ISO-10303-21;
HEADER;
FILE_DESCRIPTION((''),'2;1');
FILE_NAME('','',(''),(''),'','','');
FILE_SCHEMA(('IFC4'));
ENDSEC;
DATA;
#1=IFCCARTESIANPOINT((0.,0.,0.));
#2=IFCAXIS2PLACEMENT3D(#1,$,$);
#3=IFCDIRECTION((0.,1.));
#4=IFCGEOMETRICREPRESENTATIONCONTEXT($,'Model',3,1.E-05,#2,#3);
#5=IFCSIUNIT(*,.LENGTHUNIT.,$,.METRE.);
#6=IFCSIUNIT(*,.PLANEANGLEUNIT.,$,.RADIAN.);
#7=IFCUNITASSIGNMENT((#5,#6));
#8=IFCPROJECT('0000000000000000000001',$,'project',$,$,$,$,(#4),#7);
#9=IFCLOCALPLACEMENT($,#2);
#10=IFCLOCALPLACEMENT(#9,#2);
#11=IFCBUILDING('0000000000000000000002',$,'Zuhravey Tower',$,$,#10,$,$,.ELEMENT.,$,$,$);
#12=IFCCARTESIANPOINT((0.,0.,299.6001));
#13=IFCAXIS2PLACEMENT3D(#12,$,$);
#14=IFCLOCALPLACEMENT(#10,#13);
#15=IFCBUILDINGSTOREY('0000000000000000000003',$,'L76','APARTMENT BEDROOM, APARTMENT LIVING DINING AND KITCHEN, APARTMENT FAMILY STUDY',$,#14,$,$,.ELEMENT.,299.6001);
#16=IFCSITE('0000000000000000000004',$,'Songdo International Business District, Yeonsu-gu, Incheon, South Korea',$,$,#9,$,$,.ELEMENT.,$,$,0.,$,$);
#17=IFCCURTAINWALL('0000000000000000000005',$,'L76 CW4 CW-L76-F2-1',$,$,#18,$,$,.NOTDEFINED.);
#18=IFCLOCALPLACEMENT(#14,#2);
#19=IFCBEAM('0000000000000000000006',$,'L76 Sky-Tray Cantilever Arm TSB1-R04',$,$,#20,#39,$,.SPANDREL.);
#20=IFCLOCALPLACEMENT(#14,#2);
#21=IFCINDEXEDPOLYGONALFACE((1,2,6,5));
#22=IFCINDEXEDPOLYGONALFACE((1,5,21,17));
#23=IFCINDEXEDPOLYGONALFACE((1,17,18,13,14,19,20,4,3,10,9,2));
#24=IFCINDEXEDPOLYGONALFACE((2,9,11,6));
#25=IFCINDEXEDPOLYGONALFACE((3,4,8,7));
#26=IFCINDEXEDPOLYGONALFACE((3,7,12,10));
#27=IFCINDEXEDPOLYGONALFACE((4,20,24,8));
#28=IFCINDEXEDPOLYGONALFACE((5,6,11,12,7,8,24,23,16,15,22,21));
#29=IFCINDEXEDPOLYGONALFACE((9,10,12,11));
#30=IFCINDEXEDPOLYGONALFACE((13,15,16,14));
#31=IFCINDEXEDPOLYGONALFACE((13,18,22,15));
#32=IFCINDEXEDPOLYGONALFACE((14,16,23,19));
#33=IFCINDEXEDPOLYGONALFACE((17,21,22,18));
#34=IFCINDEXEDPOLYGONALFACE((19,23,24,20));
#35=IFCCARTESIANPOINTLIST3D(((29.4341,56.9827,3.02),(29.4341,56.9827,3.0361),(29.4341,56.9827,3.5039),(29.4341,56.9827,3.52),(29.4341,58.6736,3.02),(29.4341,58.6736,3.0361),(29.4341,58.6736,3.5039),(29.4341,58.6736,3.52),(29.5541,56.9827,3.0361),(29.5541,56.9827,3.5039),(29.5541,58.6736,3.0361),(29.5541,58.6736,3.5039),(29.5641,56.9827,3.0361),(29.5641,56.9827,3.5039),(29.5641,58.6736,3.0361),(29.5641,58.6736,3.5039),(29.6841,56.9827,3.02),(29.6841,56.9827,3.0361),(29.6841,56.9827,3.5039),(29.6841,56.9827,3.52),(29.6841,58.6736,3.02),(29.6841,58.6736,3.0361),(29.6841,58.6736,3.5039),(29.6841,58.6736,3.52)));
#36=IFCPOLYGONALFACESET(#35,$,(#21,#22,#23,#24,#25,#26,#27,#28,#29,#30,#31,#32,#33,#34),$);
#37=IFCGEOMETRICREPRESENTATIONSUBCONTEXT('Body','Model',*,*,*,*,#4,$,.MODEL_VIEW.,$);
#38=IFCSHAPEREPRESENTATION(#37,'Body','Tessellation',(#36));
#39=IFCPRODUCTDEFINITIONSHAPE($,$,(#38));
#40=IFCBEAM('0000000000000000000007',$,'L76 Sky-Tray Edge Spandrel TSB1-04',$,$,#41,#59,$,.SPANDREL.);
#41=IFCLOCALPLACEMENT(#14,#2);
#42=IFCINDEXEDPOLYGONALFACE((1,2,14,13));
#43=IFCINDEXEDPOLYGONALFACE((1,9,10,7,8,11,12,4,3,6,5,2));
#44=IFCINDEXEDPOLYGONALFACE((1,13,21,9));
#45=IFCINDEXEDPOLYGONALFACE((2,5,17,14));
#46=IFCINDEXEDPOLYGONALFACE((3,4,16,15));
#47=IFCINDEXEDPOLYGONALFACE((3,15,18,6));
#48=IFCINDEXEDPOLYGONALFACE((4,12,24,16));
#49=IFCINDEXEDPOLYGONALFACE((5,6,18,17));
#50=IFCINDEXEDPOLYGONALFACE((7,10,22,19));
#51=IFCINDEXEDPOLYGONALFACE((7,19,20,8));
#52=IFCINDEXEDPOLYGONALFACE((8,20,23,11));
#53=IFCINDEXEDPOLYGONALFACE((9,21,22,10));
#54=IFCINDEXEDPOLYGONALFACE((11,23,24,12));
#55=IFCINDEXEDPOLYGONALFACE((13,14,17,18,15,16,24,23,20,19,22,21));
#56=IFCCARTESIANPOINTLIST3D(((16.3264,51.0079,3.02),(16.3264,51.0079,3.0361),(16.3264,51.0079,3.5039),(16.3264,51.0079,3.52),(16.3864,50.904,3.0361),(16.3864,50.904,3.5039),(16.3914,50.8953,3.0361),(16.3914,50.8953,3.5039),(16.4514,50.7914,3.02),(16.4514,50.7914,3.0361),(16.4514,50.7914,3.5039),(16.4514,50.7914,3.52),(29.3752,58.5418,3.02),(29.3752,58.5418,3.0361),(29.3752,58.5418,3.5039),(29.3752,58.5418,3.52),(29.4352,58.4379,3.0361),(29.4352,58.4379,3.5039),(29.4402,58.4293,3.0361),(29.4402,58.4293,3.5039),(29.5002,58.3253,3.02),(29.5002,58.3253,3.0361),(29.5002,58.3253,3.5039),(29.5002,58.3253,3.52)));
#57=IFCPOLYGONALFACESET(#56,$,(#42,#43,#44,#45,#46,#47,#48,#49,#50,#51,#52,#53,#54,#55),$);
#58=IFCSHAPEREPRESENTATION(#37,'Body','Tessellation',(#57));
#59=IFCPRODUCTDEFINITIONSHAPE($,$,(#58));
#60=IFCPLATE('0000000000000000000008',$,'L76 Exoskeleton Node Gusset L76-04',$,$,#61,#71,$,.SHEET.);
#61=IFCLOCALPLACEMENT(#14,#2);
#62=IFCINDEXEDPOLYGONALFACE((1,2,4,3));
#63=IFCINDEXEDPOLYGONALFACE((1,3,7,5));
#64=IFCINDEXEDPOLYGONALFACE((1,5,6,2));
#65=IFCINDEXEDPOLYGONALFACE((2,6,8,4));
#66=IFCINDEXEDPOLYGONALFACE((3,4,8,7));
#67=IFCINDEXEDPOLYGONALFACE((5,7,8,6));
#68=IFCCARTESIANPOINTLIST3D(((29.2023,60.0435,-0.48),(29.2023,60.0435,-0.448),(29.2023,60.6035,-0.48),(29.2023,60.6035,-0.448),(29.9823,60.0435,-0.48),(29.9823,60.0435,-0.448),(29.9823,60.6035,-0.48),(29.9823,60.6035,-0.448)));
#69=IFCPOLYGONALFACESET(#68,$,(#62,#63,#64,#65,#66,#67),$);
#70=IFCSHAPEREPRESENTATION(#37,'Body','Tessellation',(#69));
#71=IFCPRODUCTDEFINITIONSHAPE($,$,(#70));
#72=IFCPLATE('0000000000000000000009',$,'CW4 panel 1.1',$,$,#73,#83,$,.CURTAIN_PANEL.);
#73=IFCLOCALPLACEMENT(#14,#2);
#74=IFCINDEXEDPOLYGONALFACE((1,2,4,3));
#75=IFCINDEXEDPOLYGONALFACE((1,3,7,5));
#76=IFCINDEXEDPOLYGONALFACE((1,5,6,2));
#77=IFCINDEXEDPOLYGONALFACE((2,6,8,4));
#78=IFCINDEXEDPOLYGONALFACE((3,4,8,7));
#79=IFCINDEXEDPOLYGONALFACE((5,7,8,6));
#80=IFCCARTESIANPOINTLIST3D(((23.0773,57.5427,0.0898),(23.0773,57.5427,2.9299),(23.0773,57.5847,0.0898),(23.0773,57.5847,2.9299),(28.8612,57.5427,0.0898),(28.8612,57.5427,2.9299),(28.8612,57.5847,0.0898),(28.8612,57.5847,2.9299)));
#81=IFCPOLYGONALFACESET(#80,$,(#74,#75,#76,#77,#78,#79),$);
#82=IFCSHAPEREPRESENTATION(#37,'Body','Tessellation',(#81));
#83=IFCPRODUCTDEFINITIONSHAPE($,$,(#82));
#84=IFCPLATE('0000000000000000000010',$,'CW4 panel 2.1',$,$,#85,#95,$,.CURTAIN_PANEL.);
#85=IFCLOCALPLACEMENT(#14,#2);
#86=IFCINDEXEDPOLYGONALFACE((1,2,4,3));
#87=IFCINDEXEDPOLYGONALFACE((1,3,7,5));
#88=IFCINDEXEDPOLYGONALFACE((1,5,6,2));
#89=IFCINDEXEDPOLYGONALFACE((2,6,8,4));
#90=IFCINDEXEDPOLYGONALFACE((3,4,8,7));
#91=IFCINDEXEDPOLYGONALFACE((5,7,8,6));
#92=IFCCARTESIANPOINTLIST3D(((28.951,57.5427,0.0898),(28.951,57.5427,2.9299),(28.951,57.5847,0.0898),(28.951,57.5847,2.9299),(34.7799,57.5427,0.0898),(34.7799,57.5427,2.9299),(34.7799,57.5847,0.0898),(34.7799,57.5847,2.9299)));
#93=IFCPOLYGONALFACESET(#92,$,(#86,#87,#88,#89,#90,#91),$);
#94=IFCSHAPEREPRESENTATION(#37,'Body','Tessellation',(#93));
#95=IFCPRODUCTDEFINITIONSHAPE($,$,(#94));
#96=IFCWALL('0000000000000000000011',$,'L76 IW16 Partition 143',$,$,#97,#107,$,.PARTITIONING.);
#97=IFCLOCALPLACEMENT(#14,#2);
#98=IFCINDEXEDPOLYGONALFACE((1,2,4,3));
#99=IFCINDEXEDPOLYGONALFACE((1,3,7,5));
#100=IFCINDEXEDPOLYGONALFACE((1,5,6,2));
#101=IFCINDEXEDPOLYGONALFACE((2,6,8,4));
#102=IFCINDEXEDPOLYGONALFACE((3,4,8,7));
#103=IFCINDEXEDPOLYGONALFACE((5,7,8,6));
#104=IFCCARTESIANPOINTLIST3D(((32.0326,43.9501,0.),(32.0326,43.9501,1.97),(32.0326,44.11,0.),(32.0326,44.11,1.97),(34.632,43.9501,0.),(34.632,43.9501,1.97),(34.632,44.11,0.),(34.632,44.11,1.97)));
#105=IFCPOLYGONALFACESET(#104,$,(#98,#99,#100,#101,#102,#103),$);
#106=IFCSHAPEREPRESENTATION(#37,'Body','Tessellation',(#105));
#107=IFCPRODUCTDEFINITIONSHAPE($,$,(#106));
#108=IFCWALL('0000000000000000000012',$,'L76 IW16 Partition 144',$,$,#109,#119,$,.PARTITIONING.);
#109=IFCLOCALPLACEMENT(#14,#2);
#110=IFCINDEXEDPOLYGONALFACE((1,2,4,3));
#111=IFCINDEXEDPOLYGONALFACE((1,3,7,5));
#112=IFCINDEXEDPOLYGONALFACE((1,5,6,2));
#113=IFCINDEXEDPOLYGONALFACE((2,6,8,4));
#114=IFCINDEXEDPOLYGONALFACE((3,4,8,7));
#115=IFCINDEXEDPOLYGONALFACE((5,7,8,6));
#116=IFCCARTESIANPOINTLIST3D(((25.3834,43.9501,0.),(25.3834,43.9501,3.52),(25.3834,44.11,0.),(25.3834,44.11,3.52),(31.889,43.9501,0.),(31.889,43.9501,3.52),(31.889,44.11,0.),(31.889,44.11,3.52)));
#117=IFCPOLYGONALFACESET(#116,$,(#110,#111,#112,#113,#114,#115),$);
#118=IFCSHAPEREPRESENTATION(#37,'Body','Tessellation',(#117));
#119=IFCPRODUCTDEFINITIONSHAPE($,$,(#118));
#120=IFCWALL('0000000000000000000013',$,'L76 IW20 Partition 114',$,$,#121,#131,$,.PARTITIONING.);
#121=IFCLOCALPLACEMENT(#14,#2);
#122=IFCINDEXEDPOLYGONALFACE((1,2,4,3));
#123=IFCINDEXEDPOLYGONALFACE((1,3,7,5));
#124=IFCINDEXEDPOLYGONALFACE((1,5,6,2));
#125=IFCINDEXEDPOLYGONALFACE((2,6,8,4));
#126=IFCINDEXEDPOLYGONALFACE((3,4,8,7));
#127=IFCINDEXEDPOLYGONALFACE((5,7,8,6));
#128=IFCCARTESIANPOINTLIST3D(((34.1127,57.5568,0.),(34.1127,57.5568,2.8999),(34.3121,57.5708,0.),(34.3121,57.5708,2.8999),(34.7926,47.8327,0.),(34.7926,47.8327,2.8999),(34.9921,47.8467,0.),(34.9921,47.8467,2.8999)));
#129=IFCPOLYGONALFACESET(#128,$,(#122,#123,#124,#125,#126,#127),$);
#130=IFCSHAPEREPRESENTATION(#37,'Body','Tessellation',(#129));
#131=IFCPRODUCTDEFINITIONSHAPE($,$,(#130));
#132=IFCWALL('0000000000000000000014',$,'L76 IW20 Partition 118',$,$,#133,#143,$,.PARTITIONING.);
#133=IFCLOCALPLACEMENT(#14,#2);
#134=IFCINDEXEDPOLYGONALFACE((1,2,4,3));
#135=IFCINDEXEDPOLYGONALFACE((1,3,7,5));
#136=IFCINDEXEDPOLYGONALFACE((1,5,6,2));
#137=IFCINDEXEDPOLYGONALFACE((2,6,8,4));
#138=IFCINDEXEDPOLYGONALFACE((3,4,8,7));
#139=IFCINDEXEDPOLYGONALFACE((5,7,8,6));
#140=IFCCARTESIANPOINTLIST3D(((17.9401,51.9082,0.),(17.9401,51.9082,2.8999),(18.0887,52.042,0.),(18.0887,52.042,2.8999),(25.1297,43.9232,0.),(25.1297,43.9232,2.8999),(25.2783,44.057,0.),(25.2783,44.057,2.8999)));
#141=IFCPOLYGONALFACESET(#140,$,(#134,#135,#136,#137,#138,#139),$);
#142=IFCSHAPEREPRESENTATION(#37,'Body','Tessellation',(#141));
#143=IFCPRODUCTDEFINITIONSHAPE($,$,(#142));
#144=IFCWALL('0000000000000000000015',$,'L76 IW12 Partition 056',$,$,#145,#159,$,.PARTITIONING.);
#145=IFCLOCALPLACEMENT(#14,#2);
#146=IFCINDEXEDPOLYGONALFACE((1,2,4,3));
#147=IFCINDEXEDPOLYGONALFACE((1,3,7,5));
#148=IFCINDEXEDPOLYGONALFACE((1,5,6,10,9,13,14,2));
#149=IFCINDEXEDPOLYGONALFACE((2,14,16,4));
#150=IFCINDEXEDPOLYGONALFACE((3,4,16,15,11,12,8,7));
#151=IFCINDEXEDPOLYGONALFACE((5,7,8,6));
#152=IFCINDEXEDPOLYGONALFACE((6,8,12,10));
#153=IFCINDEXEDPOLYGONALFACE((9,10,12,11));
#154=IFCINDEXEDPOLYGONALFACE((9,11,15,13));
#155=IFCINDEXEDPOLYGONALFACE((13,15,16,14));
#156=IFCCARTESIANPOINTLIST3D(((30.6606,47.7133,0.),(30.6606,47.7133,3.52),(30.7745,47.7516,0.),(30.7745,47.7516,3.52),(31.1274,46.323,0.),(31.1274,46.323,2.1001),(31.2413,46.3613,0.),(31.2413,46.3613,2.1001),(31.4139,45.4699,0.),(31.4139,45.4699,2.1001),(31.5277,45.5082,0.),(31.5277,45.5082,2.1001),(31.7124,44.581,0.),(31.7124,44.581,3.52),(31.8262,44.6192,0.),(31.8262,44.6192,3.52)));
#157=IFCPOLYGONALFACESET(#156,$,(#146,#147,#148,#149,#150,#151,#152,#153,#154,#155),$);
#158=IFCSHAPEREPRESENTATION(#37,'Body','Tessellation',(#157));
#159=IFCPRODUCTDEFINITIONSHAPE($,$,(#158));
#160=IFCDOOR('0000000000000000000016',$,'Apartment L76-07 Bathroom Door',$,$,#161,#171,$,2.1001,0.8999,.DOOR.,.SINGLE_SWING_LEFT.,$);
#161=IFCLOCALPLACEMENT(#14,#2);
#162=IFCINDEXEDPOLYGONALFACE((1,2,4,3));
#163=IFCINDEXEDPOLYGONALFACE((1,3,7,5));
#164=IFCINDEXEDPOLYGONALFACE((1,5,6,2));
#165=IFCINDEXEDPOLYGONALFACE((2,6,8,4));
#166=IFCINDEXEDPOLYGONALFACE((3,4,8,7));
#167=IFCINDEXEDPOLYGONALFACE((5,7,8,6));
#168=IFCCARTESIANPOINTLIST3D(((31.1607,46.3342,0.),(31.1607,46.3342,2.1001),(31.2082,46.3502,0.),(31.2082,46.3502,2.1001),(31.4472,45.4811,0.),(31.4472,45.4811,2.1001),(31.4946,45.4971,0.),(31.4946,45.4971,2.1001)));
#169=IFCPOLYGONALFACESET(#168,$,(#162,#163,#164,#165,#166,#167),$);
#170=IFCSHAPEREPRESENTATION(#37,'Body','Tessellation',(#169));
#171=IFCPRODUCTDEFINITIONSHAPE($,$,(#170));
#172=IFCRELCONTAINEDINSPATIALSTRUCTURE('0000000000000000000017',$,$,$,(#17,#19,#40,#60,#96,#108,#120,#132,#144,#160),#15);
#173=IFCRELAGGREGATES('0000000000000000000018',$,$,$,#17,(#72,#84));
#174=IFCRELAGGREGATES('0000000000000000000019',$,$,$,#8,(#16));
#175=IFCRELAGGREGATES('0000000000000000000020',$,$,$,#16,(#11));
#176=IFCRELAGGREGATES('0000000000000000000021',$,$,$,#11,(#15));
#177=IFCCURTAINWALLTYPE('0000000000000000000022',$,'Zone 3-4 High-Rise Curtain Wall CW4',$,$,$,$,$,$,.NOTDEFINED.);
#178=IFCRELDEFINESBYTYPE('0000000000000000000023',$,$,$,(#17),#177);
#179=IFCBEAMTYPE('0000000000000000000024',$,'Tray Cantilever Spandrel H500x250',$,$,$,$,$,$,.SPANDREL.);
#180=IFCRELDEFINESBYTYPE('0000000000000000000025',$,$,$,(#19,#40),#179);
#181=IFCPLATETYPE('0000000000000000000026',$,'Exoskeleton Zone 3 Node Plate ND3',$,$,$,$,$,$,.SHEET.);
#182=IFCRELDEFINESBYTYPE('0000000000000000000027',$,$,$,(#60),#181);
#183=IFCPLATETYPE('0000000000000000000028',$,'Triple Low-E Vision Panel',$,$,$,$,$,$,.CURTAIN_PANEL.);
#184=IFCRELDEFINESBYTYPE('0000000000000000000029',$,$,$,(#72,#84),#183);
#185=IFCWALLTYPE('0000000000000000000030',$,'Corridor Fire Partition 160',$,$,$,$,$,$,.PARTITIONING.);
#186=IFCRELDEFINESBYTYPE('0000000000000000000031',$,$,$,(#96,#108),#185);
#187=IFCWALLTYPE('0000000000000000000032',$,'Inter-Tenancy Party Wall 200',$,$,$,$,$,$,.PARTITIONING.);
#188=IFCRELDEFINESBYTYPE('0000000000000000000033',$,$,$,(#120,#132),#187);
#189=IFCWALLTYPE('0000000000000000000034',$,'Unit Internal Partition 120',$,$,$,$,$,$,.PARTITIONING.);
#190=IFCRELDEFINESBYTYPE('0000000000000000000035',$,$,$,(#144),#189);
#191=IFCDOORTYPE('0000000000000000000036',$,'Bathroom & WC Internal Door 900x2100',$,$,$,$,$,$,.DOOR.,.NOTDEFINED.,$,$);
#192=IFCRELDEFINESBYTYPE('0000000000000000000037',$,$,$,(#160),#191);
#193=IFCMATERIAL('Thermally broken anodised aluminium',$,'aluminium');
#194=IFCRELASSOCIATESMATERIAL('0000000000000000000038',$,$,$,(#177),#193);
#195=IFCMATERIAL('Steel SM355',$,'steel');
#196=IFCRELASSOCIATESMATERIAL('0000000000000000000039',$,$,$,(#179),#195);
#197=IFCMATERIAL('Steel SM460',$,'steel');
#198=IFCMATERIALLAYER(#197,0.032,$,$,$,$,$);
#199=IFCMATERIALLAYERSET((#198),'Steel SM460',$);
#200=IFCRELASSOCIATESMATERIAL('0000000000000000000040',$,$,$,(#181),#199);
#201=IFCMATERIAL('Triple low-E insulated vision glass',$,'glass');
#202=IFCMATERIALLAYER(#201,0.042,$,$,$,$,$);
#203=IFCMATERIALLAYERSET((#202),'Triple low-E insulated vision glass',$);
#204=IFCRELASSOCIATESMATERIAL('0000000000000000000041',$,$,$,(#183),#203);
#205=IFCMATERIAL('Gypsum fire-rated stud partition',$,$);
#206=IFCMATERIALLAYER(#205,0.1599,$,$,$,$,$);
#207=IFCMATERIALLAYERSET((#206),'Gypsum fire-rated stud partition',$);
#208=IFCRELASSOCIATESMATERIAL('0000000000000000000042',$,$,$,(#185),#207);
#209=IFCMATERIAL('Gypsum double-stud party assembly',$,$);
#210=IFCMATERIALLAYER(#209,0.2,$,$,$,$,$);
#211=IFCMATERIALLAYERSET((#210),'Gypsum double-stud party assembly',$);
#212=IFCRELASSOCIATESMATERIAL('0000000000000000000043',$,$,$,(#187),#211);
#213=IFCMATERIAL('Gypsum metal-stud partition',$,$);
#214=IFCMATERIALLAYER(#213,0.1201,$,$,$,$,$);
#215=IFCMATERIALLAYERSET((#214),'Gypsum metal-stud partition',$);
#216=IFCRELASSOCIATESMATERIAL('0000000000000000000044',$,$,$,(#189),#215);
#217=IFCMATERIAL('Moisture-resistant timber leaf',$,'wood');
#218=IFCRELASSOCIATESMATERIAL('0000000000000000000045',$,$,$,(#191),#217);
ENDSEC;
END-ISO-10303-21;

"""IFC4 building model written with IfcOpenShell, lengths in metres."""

from ifc_helpers import new_model, si_unit, direction, frame, frame_2d, origin, origin_2d, place, context, subcontext, project, spatial, rectangle, i_section, extrude, material, layer, layer_set, material_profile, profile_set, type_object, element, fill, aggregate, save


model = new_model("IFC4")

# Units and contexts
model_context = context("Model", 3, precision=1e-05, world=origin(), true_north=direction((0.0, 1.0)))
body_context = subcontext(model_context, "Body", "Model", "MODEL_VIEW")
ifc_project = project(units=[si_unit("LENGTHUNIT", "METRE"), si_unit("PLANEANGLEUNIT", "RADIAN")], contexts=[model_context])

# Site, building, storey
site_placement = place(None, origin())
site = spatial("IfcSite", under=ifc_project, at=site_placement, Name="Songdo International Business District, Yeonsu-gu, Incheon, South Korea", CompositionType="ELEMENT", RefElevation=0.0)
building_placement = place(site_placement, origin())
building = spatial("IfcBuilding", under=site, at=building_placement, Name="Zuhravey Tower", CompositionType="ELEMENT")
storey_placement = place(building_placement, frame((0.0, 0.0, 299.6001)))
storey = spatial("IfcBuildingStorey", under=building, at=storey_placement, Name="L76", Description="APARTMENT BEDROOM, APARTMENT LIVING DINING AND KITCHEN, APARTMENT FAMILY STUDY", CompositionType="ELEMENT", Elevation=299.6001)

# Curtain wall
ifc_material_1 = material(Name="Thermally broken anodised aluminium", Category="aluminium")
curtain_wall_type = type_object("IfcCurtainWallType", Name="Zone 3-4 High-Rise Curtain Wall CW4", PredefinedType="NOTDEFINED", material=ifc_material_1)
curtain_wall_placement = place(storey_placement, origin())
curtain_wall = element("IfcCurtainWall", 1, at=curtain_wall_placement, inside=storey, type_object=curtain_wall_type, Name="L76 CW4 CW-L76-F2-1", PredefinedType="NOTDEFINED")

# Beams
ifc_material_2 = material(Name="Steel SM460", Category="steel")
ifc_material_3 = material(Name="Steel SM355", Category="steel")
ifc_material_profile_1 = material_profile(ifc_material_3, i_section(OverallWidth=0.25, OverallDepth=0.5, WebThickness=0.01, FlangeThickness=0.0161, at=origin_2d()), Name="H-500x250x10x16")
ifc_profile_set_1 = profile_set([ifc_material_profile_1], Name="Steel SM355")
beam_type_1 = type_object("IfcBeamType", Name="Tray Cantilever Spandrel H500x250", PredefinedType="SPANDREL", material=ifc_profile_set_1)
beam_1_placement = place(storey_placement, frame((29.5591, 56.9827, 3.27), z_axis=(0.0, 1.0, 0.0), x_axis=(-1.0, 0.0, 0.0)))
element("IfcBeam", 2, at=beam_1_placement, inside=storey, type_object=beam_type_1, Name="L76 Sky-Tray Cantilever Arm TSB1-R04", PredefinedType="SPANDREL", context=body_context, shape_type="SweptSolid", body=[
    extrude(i_section(OverallWidth=0.25, OverallDepth=0.5, WebThickness=0.01, FlangeThickness=0.0161, at=origin_2d()), origin(), (0.0, 0.0, 1.0), 1.6909),
])
beam_2_placement = place(storey_placement, frame((29.4377, 58.4336, 3.27), z_axis=(-0.86602, -0.50001, 0.0), x_axis=(0.50001, -0.86602, 0.0)))
element("IfcBeam", 3, at=beam_2_placement, inside=storey, type_object=beam_type_1, Name="L76 Sky-Tray Edge Spandrel TSB1-04", PredefinedType="SPANDREL", context=body_context, shape_type="SweptSolid", body=[
    extrude(i_section(OverallWidth=0.25, OverallDepth=0.5, WebThickness=0.01, FlangeThickness=0.0161, at=origin_2d()), origin(), (0.0, 0.0, 1.0), 15.0676),
])

# Plates
ifc_layer_1 = layer(ifc_material_2, 0.032)
ifc_layer_set_1 = layer_set([ifc_layer_1], Name="Steel SM460")
plate_type_1 = type_object("IfcPlateType", Name="Exoskeleton Zone 3 Node Plate ND3", PredefinedType="SHEET", material=ifc_layer_set_1)
plate_1_placement = place(storey_placement, frame((29.5923, 60.3235, -0.48), z_axis=(0.0, 0.0, 1.0), x_axis=(-1.0, 0.0, 0.0)))
element("IfcPlate", 4, at=plate_1_placement, inside=storey, type_object=plate_type_1, Name="L76 Exoskeleton Node Gusset L76-04", PredefinedType="SHEET", context=body_context, shape_type="SweptSolid", body=[
    extrude(rectangle(XDim=0.78, YDim=0.5601, at=origin_2d()), origin(), (0.0, 0.0, 1.0), 0.032),
])
ifc_material_4 = material(Name="Triple low-E insulated vision glass", Category="glass")
ifc_layer_2 = layer(ifc_material_4, 0.042)
ifc_layer_set_2 = layer_set([ifc_layer_2], Name="Triple low-E insulated vision glass")
plate_type_2 = type_object("IfcPlateType", Name="Triple Low-E Vision Panel", PredefinedType="CURTAIN_PANEL", material=ifc_layer_set_2)
plate_2_placement = place(storey_placement, frame((25.9692, 57.5637, 0.0898), z_axis=(0.0, 0.0, 1.0), x_axis=(1.0, 0.0, 0.0)))
plate_2 = element("IfcPlate", 5, at=plate_2_placement, type_object=plate_type_2, Name="CW4 panel 1.1", PredefinedType="CURTAIN_PANEL", context=body_context, shape_type="SweptSolid", body=[
    extrude(rectangle(XDim=5.7839, YDim=0.042, at=origin_2d()), origin(), (0.0, 0.0, 1.0), 2.8401),
])
plate_3_placement = place(storey_placement, frame((31.8655, 57.5637, 0.0898), z_axis=(0.0, 0.0, 1.0), x_axis=(1.0, 0.0, 0.0)))
plate_3 = element("IfcPlate", 6, at=plate_3_placement, type_object=plate_type_2, Name="CW4 panel 2.1", PredefinedType="CURTAIN_PANEL", context=body_context, shape_type="SweptSolid", body=[
    extrude(rectangle(XDim=5.8289, YDim=0.042, at=origin_2d()), origin(), (0.0, 0.0, 1.0), 2.8401),
])
aggregate(curtain_wall, [plate_2, plate_3])

# Shared definitions
ifc_material_5 = material(Name="Gypsum fire-rated stud partition")
ifc_layer_3 = layer(ifc_material_5, 0.1599)
ifc_layer_set_3 = layer_set([ifc_layer_3], Name="Gypsum fire-rated stud partition")
wall_type_1 = type_object("IfcWallType", Name="Corridor Fire Partition 160", PredefinedType="PARTITIONING", material=ifc_layer_set_3)

# Walls
wall_1_placement = place(storey_placement, frame((34.6321, 44.03, 0.0), z_axis=(0.0, 0.0, 1.0), x_axis=(-1.0, 0.0, 0.0)))
element("IfcWall", 7, at=wall_1_placement, inside=storey, type_object=wall_type_1, Name="L76 IW16 Partition 143", PredefinedType="PARTITIONING", context=body_context, shape_type="SweptSolid", body=[
    extrude(rectangle(XDim=2.5994, YDim=0.1599, at=frame_2d((1.2998, 0.0))), origin(), (0.0, 0.0, 1.0), 1.97),
])
wall_2_placement = place(storey_placement, frame((31.8892, 44.03, 0.0), z_axis=(0.0, 0.0, 1.0), x_axis=(-1.0, 0.0, 0.0)))
element("IfcWall", 8, at=wall_2_placement, inside=storey, type_object=wall_type_1, Name="L76 IW16 Partition 144", PredefinedType="PARTITIONING", context=body_context, shape_type="SweptSolid", body=[
    extrude(rectangle(XDim=6.5056, YDim=0.1599, at=frame_2d((3.2529, 0.0))), origin(), (0.0, 0.0, 1.0), 3.52),
])
ifc_material_6 = material(Name="Gypsum double-stud party assembly")
ifc_layer_4 = layer(ifc_material_6, 0.2)
ifc_layer_set_4 = layer_set([ifc_layer_4], Name="Gypsum double-stud party assembly")
wall_type_2 = type_object("IfcWallType", Name="Inter-Tenancy Party Wall 200", PredefinedType="PARTITIONING", material=ifc_layer_set_4)
wall_3_placement = place(storey_placement, frame((34.8923, 47.8396, 0.0), z_axis=(0.0, 0.0, 1.0), x_axis=(-0.069752, 0.997564, 0.0)))
element("IfcWall", 9, at=wall_3_placement, inside=storey, type_object=wall_type_2, Name="L76 IW20 Partition 114", PredefinedType="PARTITIONING", context=body_context, shape_type="SweptSolid", body=[
    extrude(rectangle(XDim=9.7478, YDim=0.2, at=frame_2d((4.874, 0.0))), origin(), (0.0, 0.0, 1.0), 2.8999),
])
wall_4_placement = place(storey_placement, frame((25.2041, 43.99, 0.0), z_axis=(0.0, 0.0, 1.0), x_axis=(-0.669124, 0.743151, 0.0)))
element("IfcWall", 10, at=wall_4_placement, inside=storey, type_object=wall_type_2, Name="L76 IW20 Partition 118", PredefinedType="PARTITIONING", context=body_context, shape_type="SweptSolid", body=[
    extrude(rectangle(XDim=10.7449, YDim=0.2, at=frame_2d((5.3726, 0.0))), origin(), (0.0, 0.0, 1.0), 2.8999),
])

# Wall, opening, door
ifc_material_7 = material(Name="Gypsum metal-stud partition")
ifc_layer_5 = layer(ifc_material_7, 0.1201)
ifc_layer_set_5 = layer_set([ifc_layer_5], Name="Gypsum metal-stud partition")
wall_type_3 = type_object("IfcWallType", Name="Unit Internal Partition 120", PredefinedType="PARTITIONING", material=ifc_layer_set_5)
wall_5_placement = place(storey_placement, frame((31.7693, 44.6001, 0.0), z_axis=(0.0, 0.0, 1.0), x_axis=(-0.318311, 0.947986, 0.0)))
wall_5 = element("IfcWall", 11, at=wall_5_placement, inside=storey, type_object=wall_type_3, Name="L76 IW12 Partition 056", PredefinedType="PARTITIONING", context=body_context, shape_type="SweptSolid", body=[
    extrude(rectangle(XDim=3.3042, YDim=0.1201, at=frame_2d((1.6521, 0.0))), origin(), (0.0, 0.0, 1.0), 3.52),
])
opening_1_placement = place(wall_5_placement, frame((0.9377, 0.0, 0.0)))
opening_1 = element("IfcOpeningElement", 12, at=opening_1_placement, cuts=wall_5, PredefinedType="OPENING", context=body_context, shape_type="SweptSolid", body=[
    extrude(rectangle(XDim=0.8999, YDim=2.1001, at=frame_2d((0.45, 1.05))), frame((0.0, 0.072, 0.0), z_axis=(0.0, -1.0, 0.0), x_axis=(1.0, 0.0, 0.0)), (0.0, 0.0, 1.0), 0.144),
])
ifc_material_8 = material(Name="Moisture-resistant timber leaf", Category="wood")
door_type_1 = type_object("IfcDoorType", Name="Bathroom & WC Internal Door 900x2100", OperationType="NOTDEFINED", PredefinedType="DOOR", material=ifc_material_8)
door_1_placement = place(opening_1_placement, origin())
door_1 = element("IfcDoor", 13, at=door_1_placement, inside=storey, type_object=door_type_1, Name="Apartment L76-07 Bathroom Door", OperationType="SINGLE_SWING_LEFT", OverallHeight=2.1001, OverallWidth=0.8999, PredefinedType="DOOR", context=body_context, shape_type="SweptSolid", body=[
    extrude(rectangle(XDim=0.8999, YDim=2.1001, at=frame_2d((0.45, 1.05))), frame((0.0, 0.0249, 0.0), z_axis=(0.0, -1.0, 0.0), x_axis=(1.0, 0.0, 0.0)), (0.0, 0.0, 1.0), 0.05),
])
fill(opening_1, door_1)

save(model, "model.ifc")
